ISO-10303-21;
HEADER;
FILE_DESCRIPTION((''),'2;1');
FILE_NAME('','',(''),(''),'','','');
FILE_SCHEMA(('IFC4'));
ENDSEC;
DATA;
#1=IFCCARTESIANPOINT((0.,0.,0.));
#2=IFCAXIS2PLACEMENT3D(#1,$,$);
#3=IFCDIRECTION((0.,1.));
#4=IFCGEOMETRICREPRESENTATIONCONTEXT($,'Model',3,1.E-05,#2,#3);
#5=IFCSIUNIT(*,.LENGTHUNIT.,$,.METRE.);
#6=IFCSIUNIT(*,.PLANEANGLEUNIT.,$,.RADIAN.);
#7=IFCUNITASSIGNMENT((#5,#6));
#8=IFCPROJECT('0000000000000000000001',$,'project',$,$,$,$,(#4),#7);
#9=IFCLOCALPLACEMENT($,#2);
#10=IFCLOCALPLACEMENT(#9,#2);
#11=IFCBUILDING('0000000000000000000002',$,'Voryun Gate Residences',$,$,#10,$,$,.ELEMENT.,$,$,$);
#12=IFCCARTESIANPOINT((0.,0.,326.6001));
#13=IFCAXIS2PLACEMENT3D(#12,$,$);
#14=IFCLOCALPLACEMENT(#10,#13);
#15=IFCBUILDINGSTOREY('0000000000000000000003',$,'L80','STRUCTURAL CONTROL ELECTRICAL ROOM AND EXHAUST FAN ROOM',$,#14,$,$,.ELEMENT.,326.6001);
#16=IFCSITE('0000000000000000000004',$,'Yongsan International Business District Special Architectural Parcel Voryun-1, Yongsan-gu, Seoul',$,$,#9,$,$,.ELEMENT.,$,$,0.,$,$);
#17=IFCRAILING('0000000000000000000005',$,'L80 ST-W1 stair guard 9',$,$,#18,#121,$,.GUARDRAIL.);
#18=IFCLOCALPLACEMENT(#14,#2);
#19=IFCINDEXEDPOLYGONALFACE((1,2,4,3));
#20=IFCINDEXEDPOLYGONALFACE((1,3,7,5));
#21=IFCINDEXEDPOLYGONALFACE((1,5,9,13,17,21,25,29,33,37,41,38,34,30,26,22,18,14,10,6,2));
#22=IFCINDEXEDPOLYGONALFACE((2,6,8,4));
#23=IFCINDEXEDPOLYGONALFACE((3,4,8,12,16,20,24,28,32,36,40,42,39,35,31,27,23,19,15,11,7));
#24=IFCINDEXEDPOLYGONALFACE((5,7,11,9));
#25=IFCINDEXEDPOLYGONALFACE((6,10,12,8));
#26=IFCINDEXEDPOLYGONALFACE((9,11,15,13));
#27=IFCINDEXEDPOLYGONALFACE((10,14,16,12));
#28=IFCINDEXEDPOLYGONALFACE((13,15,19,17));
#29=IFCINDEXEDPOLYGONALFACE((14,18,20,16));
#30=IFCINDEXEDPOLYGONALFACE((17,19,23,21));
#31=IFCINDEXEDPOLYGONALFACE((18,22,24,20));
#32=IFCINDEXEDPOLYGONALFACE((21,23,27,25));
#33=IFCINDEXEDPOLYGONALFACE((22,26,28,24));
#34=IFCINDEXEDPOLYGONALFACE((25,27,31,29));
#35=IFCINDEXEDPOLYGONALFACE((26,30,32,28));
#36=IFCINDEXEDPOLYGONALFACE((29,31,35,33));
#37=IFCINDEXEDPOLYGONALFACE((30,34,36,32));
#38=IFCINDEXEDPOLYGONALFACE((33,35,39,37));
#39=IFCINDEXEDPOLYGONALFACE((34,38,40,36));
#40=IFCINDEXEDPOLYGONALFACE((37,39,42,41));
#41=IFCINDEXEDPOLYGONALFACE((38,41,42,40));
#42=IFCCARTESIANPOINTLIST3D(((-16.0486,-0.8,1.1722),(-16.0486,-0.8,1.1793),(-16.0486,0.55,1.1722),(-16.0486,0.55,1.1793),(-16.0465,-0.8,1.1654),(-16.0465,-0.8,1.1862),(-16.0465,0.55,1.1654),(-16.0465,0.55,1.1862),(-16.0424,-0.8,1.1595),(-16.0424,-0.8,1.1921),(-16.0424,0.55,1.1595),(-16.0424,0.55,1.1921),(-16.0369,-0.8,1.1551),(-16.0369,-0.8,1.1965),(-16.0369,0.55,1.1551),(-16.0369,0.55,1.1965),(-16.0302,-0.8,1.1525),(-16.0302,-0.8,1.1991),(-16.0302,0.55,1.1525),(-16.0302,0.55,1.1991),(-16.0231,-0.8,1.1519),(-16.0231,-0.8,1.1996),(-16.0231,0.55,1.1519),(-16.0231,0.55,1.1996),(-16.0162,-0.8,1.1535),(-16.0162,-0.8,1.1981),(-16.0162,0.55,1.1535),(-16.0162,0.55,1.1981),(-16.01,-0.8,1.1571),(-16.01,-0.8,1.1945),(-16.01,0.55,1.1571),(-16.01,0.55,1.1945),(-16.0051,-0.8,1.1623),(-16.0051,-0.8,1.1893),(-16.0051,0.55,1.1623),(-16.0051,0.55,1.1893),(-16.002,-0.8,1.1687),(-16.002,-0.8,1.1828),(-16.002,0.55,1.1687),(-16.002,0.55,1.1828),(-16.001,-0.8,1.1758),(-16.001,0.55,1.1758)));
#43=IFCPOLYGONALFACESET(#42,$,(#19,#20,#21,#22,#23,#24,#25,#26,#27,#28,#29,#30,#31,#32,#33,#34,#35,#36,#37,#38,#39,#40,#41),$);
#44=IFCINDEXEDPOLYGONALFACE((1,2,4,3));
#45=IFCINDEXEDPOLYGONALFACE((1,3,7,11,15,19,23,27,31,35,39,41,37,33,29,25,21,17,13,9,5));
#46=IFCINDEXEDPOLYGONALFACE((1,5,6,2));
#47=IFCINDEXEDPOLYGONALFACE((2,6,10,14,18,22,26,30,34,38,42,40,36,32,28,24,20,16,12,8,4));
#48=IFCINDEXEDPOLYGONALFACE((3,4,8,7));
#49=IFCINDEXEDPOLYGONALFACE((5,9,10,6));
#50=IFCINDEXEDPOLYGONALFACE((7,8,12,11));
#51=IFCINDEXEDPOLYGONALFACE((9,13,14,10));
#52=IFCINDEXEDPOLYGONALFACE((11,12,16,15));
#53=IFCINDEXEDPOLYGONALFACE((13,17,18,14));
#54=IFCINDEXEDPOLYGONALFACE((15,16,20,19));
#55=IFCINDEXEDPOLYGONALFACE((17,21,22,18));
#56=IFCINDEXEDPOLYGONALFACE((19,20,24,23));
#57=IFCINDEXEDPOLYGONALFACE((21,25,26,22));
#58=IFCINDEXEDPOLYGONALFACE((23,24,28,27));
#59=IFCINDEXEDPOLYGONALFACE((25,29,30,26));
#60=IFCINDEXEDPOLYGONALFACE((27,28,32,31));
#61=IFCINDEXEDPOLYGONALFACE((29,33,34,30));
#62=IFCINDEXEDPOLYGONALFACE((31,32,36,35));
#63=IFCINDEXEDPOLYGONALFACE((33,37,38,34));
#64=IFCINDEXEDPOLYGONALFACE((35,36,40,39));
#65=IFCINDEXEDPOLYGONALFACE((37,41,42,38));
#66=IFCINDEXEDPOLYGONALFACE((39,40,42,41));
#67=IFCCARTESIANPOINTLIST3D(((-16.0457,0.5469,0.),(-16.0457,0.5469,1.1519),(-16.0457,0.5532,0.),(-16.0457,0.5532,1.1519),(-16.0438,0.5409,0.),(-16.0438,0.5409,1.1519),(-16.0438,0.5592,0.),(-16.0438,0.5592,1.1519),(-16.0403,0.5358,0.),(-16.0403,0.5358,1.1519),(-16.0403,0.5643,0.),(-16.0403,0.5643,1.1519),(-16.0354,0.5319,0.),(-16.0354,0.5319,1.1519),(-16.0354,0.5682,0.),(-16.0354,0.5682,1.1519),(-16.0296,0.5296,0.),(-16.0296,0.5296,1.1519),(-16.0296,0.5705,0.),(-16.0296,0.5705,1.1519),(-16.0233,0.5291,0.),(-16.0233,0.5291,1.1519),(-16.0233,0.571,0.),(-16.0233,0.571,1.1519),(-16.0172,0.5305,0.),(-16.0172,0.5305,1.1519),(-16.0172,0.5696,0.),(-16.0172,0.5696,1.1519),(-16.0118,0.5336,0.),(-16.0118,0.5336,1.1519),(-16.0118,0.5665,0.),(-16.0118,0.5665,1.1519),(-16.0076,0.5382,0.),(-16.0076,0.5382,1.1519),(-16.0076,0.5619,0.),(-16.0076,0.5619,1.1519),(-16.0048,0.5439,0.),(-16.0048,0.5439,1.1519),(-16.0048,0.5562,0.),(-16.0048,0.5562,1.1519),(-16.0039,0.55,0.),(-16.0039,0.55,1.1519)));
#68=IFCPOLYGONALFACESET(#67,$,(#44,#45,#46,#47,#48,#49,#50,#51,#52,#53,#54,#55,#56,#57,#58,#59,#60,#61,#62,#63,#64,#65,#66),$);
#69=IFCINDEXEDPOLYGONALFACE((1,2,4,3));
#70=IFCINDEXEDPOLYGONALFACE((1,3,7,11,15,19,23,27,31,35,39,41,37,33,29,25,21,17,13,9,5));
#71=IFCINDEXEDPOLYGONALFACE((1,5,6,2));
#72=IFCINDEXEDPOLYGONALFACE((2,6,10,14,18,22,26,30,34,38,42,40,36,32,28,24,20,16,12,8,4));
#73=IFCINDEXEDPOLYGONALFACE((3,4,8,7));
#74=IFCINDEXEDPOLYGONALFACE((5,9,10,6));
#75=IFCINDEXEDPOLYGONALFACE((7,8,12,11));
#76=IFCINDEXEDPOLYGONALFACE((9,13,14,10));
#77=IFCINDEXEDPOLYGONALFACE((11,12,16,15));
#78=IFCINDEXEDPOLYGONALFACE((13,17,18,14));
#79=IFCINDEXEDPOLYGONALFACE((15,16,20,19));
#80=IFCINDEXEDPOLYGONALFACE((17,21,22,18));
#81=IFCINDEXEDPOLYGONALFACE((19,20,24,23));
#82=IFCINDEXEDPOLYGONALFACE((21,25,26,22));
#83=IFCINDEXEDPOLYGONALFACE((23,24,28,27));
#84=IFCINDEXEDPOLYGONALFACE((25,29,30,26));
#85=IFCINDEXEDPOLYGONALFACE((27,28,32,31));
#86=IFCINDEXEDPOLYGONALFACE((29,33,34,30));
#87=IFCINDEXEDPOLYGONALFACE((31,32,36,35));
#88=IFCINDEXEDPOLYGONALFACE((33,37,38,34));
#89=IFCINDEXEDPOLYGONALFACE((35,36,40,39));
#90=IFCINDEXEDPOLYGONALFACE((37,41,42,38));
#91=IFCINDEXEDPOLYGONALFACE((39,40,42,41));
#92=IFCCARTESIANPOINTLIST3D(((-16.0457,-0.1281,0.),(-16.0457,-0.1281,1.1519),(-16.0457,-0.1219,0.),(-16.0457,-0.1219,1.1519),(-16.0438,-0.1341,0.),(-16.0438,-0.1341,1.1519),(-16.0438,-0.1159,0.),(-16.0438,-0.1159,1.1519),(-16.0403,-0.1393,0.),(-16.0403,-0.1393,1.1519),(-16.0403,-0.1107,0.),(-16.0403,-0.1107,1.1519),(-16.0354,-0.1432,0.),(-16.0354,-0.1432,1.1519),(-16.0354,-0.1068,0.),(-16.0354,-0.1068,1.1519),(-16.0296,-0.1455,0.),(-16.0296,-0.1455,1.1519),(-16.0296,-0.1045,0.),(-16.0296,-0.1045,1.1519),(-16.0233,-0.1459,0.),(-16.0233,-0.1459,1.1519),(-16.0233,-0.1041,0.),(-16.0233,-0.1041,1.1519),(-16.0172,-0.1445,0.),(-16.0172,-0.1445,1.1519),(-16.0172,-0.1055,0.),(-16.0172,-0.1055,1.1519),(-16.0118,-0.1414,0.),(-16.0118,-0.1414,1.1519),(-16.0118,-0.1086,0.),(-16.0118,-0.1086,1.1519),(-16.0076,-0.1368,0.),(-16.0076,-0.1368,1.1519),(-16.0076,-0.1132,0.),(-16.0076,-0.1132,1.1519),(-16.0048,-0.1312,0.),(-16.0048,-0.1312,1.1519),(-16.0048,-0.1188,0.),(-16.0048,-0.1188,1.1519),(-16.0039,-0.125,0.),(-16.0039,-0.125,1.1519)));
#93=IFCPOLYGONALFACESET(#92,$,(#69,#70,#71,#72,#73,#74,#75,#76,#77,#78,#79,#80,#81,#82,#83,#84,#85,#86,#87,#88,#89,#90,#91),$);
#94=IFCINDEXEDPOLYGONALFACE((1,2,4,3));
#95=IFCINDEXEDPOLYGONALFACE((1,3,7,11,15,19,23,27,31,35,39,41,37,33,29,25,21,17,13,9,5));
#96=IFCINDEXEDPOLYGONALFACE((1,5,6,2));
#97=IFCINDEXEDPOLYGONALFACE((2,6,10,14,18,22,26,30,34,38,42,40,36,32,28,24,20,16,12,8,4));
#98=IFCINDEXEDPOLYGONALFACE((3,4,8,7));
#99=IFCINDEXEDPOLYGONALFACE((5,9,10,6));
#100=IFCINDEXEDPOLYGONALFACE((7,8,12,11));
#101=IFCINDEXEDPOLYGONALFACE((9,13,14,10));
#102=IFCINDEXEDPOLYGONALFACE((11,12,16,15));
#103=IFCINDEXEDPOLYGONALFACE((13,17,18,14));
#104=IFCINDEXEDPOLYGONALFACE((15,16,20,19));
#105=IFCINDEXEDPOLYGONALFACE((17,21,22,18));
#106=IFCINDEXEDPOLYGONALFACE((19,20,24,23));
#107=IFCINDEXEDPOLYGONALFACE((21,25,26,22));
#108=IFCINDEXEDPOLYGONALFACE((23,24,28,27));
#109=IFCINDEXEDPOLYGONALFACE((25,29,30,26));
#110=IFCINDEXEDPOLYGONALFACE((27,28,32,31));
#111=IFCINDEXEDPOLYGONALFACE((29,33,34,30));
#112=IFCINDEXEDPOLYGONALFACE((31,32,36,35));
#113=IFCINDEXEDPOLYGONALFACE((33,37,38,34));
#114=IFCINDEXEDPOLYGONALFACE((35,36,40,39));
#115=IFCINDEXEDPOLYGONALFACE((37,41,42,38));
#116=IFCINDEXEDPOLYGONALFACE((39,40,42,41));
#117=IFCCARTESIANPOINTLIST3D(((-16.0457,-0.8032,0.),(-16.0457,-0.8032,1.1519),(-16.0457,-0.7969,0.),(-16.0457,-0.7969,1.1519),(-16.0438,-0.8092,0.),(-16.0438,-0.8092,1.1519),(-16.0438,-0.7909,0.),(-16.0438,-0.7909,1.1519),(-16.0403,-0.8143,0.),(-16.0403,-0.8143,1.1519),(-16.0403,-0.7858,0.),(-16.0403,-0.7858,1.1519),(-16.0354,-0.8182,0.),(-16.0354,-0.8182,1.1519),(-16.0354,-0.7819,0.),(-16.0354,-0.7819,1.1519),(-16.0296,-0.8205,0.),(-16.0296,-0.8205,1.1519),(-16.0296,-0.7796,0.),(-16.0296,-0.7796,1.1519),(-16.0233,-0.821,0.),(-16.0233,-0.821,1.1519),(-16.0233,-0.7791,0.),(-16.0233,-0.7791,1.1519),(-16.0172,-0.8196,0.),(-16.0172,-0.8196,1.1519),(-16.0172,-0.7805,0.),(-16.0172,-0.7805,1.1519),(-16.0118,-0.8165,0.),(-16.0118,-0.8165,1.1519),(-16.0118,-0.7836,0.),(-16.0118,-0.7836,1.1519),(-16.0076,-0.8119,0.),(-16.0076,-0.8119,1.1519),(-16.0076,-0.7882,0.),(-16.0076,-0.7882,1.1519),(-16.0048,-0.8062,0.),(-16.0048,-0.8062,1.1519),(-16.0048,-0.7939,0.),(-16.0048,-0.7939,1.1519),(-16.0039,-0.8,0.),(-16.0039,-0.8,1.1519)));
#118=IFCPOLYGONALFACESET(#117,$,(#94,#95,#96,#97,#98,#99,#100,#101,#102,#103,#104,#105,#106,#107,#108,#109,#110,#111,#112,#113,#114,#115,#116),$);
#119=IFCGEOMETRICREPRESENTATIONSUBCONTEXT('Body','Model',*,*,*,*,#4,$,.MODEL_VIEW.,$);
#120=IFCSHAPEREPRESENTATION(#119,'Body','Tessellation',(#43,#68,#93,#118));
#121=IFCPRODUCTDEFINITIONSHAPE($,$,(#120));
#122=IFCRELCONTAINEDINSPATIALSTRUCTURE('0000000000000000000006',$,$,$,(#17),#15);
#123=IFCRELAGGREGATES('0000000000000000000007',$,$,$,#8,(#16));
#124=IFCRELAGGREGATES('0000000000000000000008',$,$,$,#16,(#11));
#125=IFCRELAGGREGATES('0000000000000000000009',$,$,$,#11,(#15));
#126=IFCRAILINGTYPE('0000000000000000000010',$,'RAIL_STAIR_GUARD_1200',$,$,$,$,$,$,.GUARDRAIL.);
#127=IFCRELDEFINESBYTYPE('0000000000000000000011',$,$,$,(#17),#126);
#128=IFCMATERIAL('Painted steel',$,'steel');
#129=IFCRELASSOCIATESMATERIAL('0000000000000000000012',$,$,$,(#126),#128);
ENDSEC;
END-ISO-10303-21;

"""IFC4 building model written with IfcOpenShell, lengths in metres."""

from ifc_helpers import new_model, si_unit, direction, frame, origin, origin_2d, place, context, subcontext, project, spatial, circle, extrude, material, type_object, element, save


model = new_model("IFC4")

# Units and contexts
model_context = context("Model", 3, precision=1e-05, world=origin(), true_north=direction((0.0, 1.0)))
body_context = subcontext(model_context, "Body", "Model", "MODEL_VIEW")
ifc_project = project(units=[si_unit("LENGTHUNIT", "METRE"), si_unit("PLANEANGLEUNIT", "RADIAN")], contexts=[model_context])

# Site, building, storey
site_placement = place(None, origin())
site = spatial("IfcSite", under=ifc_project, at=site_placement, Name="Yongsan International Business District Special Architectural Parcel Voryun-1, Yongsan-gu, Seoul", CompositionType="ELEMENT", RefElevation=0.0)
building_placement = place(site_placement, origin())
building = spatial("IfcBuilding", under=site, at=building_placement, Name="Voryun Gate Residences", CompositionType="ELEMENT")
storey_placement = place(building_placement, frame((0.0, 0.0, 326.6001)))
storey = spatial("IfcBuildingStorey", under=building, at=storey_placement, Name="L80", Description="STRUCTURAL CONTROL ELECTRICAL ROOM AND EXHAUST FAN ROOM", CompositionType="ELEMENT", Elevation=326.6001)

# Railing
ifc_material_1 = material(Name="Painted steel", Category="steel")
railing_type = type_object("IfcRailingType", Name="RAIL_STAIR_GUARD_1200", PredefinedType="GUARDRAIL", material=ifc_material_1)
railing_placement = place(storey_placement, frame((-16.0249, 0.55, 0.0)))
element("IfcRailing", 1, at=railing_placement, inside=storey, type_object=railing_type, Name="L80 ST-W1 stair guard 9", PredefinedType="GUARDRAIL", context=body_context, shape_type="SweptSolid", body=[
    extrude(circle(Radius=0.0239, at=origin_2d()), frame((0.0, 0.0, 1.1758), z_axis=(0.0, -1.0, 0.0), x_axis=(1.0, 0.0, 0.0)), (0.0, 0.0, 1.0), 1.3501),
    extrude(circle(Radius=0.021, at=origin_2d()), origin(), (0.0, 0.0, 1.0), 1.1519),
    extrude(circle(Radius=0.021, at=origin_2d()), frame((0.0, -0.675, 0.0)), (0.0, 0.0, 1.0), 1.1519),
    extrude(circle(Radius=0.021, at=origin_2d()), frame((0.0, -1.3501, 0.0)), (0.0, 0.0, 1.0), 1.1519),
])

save(model, "model.ifc")
